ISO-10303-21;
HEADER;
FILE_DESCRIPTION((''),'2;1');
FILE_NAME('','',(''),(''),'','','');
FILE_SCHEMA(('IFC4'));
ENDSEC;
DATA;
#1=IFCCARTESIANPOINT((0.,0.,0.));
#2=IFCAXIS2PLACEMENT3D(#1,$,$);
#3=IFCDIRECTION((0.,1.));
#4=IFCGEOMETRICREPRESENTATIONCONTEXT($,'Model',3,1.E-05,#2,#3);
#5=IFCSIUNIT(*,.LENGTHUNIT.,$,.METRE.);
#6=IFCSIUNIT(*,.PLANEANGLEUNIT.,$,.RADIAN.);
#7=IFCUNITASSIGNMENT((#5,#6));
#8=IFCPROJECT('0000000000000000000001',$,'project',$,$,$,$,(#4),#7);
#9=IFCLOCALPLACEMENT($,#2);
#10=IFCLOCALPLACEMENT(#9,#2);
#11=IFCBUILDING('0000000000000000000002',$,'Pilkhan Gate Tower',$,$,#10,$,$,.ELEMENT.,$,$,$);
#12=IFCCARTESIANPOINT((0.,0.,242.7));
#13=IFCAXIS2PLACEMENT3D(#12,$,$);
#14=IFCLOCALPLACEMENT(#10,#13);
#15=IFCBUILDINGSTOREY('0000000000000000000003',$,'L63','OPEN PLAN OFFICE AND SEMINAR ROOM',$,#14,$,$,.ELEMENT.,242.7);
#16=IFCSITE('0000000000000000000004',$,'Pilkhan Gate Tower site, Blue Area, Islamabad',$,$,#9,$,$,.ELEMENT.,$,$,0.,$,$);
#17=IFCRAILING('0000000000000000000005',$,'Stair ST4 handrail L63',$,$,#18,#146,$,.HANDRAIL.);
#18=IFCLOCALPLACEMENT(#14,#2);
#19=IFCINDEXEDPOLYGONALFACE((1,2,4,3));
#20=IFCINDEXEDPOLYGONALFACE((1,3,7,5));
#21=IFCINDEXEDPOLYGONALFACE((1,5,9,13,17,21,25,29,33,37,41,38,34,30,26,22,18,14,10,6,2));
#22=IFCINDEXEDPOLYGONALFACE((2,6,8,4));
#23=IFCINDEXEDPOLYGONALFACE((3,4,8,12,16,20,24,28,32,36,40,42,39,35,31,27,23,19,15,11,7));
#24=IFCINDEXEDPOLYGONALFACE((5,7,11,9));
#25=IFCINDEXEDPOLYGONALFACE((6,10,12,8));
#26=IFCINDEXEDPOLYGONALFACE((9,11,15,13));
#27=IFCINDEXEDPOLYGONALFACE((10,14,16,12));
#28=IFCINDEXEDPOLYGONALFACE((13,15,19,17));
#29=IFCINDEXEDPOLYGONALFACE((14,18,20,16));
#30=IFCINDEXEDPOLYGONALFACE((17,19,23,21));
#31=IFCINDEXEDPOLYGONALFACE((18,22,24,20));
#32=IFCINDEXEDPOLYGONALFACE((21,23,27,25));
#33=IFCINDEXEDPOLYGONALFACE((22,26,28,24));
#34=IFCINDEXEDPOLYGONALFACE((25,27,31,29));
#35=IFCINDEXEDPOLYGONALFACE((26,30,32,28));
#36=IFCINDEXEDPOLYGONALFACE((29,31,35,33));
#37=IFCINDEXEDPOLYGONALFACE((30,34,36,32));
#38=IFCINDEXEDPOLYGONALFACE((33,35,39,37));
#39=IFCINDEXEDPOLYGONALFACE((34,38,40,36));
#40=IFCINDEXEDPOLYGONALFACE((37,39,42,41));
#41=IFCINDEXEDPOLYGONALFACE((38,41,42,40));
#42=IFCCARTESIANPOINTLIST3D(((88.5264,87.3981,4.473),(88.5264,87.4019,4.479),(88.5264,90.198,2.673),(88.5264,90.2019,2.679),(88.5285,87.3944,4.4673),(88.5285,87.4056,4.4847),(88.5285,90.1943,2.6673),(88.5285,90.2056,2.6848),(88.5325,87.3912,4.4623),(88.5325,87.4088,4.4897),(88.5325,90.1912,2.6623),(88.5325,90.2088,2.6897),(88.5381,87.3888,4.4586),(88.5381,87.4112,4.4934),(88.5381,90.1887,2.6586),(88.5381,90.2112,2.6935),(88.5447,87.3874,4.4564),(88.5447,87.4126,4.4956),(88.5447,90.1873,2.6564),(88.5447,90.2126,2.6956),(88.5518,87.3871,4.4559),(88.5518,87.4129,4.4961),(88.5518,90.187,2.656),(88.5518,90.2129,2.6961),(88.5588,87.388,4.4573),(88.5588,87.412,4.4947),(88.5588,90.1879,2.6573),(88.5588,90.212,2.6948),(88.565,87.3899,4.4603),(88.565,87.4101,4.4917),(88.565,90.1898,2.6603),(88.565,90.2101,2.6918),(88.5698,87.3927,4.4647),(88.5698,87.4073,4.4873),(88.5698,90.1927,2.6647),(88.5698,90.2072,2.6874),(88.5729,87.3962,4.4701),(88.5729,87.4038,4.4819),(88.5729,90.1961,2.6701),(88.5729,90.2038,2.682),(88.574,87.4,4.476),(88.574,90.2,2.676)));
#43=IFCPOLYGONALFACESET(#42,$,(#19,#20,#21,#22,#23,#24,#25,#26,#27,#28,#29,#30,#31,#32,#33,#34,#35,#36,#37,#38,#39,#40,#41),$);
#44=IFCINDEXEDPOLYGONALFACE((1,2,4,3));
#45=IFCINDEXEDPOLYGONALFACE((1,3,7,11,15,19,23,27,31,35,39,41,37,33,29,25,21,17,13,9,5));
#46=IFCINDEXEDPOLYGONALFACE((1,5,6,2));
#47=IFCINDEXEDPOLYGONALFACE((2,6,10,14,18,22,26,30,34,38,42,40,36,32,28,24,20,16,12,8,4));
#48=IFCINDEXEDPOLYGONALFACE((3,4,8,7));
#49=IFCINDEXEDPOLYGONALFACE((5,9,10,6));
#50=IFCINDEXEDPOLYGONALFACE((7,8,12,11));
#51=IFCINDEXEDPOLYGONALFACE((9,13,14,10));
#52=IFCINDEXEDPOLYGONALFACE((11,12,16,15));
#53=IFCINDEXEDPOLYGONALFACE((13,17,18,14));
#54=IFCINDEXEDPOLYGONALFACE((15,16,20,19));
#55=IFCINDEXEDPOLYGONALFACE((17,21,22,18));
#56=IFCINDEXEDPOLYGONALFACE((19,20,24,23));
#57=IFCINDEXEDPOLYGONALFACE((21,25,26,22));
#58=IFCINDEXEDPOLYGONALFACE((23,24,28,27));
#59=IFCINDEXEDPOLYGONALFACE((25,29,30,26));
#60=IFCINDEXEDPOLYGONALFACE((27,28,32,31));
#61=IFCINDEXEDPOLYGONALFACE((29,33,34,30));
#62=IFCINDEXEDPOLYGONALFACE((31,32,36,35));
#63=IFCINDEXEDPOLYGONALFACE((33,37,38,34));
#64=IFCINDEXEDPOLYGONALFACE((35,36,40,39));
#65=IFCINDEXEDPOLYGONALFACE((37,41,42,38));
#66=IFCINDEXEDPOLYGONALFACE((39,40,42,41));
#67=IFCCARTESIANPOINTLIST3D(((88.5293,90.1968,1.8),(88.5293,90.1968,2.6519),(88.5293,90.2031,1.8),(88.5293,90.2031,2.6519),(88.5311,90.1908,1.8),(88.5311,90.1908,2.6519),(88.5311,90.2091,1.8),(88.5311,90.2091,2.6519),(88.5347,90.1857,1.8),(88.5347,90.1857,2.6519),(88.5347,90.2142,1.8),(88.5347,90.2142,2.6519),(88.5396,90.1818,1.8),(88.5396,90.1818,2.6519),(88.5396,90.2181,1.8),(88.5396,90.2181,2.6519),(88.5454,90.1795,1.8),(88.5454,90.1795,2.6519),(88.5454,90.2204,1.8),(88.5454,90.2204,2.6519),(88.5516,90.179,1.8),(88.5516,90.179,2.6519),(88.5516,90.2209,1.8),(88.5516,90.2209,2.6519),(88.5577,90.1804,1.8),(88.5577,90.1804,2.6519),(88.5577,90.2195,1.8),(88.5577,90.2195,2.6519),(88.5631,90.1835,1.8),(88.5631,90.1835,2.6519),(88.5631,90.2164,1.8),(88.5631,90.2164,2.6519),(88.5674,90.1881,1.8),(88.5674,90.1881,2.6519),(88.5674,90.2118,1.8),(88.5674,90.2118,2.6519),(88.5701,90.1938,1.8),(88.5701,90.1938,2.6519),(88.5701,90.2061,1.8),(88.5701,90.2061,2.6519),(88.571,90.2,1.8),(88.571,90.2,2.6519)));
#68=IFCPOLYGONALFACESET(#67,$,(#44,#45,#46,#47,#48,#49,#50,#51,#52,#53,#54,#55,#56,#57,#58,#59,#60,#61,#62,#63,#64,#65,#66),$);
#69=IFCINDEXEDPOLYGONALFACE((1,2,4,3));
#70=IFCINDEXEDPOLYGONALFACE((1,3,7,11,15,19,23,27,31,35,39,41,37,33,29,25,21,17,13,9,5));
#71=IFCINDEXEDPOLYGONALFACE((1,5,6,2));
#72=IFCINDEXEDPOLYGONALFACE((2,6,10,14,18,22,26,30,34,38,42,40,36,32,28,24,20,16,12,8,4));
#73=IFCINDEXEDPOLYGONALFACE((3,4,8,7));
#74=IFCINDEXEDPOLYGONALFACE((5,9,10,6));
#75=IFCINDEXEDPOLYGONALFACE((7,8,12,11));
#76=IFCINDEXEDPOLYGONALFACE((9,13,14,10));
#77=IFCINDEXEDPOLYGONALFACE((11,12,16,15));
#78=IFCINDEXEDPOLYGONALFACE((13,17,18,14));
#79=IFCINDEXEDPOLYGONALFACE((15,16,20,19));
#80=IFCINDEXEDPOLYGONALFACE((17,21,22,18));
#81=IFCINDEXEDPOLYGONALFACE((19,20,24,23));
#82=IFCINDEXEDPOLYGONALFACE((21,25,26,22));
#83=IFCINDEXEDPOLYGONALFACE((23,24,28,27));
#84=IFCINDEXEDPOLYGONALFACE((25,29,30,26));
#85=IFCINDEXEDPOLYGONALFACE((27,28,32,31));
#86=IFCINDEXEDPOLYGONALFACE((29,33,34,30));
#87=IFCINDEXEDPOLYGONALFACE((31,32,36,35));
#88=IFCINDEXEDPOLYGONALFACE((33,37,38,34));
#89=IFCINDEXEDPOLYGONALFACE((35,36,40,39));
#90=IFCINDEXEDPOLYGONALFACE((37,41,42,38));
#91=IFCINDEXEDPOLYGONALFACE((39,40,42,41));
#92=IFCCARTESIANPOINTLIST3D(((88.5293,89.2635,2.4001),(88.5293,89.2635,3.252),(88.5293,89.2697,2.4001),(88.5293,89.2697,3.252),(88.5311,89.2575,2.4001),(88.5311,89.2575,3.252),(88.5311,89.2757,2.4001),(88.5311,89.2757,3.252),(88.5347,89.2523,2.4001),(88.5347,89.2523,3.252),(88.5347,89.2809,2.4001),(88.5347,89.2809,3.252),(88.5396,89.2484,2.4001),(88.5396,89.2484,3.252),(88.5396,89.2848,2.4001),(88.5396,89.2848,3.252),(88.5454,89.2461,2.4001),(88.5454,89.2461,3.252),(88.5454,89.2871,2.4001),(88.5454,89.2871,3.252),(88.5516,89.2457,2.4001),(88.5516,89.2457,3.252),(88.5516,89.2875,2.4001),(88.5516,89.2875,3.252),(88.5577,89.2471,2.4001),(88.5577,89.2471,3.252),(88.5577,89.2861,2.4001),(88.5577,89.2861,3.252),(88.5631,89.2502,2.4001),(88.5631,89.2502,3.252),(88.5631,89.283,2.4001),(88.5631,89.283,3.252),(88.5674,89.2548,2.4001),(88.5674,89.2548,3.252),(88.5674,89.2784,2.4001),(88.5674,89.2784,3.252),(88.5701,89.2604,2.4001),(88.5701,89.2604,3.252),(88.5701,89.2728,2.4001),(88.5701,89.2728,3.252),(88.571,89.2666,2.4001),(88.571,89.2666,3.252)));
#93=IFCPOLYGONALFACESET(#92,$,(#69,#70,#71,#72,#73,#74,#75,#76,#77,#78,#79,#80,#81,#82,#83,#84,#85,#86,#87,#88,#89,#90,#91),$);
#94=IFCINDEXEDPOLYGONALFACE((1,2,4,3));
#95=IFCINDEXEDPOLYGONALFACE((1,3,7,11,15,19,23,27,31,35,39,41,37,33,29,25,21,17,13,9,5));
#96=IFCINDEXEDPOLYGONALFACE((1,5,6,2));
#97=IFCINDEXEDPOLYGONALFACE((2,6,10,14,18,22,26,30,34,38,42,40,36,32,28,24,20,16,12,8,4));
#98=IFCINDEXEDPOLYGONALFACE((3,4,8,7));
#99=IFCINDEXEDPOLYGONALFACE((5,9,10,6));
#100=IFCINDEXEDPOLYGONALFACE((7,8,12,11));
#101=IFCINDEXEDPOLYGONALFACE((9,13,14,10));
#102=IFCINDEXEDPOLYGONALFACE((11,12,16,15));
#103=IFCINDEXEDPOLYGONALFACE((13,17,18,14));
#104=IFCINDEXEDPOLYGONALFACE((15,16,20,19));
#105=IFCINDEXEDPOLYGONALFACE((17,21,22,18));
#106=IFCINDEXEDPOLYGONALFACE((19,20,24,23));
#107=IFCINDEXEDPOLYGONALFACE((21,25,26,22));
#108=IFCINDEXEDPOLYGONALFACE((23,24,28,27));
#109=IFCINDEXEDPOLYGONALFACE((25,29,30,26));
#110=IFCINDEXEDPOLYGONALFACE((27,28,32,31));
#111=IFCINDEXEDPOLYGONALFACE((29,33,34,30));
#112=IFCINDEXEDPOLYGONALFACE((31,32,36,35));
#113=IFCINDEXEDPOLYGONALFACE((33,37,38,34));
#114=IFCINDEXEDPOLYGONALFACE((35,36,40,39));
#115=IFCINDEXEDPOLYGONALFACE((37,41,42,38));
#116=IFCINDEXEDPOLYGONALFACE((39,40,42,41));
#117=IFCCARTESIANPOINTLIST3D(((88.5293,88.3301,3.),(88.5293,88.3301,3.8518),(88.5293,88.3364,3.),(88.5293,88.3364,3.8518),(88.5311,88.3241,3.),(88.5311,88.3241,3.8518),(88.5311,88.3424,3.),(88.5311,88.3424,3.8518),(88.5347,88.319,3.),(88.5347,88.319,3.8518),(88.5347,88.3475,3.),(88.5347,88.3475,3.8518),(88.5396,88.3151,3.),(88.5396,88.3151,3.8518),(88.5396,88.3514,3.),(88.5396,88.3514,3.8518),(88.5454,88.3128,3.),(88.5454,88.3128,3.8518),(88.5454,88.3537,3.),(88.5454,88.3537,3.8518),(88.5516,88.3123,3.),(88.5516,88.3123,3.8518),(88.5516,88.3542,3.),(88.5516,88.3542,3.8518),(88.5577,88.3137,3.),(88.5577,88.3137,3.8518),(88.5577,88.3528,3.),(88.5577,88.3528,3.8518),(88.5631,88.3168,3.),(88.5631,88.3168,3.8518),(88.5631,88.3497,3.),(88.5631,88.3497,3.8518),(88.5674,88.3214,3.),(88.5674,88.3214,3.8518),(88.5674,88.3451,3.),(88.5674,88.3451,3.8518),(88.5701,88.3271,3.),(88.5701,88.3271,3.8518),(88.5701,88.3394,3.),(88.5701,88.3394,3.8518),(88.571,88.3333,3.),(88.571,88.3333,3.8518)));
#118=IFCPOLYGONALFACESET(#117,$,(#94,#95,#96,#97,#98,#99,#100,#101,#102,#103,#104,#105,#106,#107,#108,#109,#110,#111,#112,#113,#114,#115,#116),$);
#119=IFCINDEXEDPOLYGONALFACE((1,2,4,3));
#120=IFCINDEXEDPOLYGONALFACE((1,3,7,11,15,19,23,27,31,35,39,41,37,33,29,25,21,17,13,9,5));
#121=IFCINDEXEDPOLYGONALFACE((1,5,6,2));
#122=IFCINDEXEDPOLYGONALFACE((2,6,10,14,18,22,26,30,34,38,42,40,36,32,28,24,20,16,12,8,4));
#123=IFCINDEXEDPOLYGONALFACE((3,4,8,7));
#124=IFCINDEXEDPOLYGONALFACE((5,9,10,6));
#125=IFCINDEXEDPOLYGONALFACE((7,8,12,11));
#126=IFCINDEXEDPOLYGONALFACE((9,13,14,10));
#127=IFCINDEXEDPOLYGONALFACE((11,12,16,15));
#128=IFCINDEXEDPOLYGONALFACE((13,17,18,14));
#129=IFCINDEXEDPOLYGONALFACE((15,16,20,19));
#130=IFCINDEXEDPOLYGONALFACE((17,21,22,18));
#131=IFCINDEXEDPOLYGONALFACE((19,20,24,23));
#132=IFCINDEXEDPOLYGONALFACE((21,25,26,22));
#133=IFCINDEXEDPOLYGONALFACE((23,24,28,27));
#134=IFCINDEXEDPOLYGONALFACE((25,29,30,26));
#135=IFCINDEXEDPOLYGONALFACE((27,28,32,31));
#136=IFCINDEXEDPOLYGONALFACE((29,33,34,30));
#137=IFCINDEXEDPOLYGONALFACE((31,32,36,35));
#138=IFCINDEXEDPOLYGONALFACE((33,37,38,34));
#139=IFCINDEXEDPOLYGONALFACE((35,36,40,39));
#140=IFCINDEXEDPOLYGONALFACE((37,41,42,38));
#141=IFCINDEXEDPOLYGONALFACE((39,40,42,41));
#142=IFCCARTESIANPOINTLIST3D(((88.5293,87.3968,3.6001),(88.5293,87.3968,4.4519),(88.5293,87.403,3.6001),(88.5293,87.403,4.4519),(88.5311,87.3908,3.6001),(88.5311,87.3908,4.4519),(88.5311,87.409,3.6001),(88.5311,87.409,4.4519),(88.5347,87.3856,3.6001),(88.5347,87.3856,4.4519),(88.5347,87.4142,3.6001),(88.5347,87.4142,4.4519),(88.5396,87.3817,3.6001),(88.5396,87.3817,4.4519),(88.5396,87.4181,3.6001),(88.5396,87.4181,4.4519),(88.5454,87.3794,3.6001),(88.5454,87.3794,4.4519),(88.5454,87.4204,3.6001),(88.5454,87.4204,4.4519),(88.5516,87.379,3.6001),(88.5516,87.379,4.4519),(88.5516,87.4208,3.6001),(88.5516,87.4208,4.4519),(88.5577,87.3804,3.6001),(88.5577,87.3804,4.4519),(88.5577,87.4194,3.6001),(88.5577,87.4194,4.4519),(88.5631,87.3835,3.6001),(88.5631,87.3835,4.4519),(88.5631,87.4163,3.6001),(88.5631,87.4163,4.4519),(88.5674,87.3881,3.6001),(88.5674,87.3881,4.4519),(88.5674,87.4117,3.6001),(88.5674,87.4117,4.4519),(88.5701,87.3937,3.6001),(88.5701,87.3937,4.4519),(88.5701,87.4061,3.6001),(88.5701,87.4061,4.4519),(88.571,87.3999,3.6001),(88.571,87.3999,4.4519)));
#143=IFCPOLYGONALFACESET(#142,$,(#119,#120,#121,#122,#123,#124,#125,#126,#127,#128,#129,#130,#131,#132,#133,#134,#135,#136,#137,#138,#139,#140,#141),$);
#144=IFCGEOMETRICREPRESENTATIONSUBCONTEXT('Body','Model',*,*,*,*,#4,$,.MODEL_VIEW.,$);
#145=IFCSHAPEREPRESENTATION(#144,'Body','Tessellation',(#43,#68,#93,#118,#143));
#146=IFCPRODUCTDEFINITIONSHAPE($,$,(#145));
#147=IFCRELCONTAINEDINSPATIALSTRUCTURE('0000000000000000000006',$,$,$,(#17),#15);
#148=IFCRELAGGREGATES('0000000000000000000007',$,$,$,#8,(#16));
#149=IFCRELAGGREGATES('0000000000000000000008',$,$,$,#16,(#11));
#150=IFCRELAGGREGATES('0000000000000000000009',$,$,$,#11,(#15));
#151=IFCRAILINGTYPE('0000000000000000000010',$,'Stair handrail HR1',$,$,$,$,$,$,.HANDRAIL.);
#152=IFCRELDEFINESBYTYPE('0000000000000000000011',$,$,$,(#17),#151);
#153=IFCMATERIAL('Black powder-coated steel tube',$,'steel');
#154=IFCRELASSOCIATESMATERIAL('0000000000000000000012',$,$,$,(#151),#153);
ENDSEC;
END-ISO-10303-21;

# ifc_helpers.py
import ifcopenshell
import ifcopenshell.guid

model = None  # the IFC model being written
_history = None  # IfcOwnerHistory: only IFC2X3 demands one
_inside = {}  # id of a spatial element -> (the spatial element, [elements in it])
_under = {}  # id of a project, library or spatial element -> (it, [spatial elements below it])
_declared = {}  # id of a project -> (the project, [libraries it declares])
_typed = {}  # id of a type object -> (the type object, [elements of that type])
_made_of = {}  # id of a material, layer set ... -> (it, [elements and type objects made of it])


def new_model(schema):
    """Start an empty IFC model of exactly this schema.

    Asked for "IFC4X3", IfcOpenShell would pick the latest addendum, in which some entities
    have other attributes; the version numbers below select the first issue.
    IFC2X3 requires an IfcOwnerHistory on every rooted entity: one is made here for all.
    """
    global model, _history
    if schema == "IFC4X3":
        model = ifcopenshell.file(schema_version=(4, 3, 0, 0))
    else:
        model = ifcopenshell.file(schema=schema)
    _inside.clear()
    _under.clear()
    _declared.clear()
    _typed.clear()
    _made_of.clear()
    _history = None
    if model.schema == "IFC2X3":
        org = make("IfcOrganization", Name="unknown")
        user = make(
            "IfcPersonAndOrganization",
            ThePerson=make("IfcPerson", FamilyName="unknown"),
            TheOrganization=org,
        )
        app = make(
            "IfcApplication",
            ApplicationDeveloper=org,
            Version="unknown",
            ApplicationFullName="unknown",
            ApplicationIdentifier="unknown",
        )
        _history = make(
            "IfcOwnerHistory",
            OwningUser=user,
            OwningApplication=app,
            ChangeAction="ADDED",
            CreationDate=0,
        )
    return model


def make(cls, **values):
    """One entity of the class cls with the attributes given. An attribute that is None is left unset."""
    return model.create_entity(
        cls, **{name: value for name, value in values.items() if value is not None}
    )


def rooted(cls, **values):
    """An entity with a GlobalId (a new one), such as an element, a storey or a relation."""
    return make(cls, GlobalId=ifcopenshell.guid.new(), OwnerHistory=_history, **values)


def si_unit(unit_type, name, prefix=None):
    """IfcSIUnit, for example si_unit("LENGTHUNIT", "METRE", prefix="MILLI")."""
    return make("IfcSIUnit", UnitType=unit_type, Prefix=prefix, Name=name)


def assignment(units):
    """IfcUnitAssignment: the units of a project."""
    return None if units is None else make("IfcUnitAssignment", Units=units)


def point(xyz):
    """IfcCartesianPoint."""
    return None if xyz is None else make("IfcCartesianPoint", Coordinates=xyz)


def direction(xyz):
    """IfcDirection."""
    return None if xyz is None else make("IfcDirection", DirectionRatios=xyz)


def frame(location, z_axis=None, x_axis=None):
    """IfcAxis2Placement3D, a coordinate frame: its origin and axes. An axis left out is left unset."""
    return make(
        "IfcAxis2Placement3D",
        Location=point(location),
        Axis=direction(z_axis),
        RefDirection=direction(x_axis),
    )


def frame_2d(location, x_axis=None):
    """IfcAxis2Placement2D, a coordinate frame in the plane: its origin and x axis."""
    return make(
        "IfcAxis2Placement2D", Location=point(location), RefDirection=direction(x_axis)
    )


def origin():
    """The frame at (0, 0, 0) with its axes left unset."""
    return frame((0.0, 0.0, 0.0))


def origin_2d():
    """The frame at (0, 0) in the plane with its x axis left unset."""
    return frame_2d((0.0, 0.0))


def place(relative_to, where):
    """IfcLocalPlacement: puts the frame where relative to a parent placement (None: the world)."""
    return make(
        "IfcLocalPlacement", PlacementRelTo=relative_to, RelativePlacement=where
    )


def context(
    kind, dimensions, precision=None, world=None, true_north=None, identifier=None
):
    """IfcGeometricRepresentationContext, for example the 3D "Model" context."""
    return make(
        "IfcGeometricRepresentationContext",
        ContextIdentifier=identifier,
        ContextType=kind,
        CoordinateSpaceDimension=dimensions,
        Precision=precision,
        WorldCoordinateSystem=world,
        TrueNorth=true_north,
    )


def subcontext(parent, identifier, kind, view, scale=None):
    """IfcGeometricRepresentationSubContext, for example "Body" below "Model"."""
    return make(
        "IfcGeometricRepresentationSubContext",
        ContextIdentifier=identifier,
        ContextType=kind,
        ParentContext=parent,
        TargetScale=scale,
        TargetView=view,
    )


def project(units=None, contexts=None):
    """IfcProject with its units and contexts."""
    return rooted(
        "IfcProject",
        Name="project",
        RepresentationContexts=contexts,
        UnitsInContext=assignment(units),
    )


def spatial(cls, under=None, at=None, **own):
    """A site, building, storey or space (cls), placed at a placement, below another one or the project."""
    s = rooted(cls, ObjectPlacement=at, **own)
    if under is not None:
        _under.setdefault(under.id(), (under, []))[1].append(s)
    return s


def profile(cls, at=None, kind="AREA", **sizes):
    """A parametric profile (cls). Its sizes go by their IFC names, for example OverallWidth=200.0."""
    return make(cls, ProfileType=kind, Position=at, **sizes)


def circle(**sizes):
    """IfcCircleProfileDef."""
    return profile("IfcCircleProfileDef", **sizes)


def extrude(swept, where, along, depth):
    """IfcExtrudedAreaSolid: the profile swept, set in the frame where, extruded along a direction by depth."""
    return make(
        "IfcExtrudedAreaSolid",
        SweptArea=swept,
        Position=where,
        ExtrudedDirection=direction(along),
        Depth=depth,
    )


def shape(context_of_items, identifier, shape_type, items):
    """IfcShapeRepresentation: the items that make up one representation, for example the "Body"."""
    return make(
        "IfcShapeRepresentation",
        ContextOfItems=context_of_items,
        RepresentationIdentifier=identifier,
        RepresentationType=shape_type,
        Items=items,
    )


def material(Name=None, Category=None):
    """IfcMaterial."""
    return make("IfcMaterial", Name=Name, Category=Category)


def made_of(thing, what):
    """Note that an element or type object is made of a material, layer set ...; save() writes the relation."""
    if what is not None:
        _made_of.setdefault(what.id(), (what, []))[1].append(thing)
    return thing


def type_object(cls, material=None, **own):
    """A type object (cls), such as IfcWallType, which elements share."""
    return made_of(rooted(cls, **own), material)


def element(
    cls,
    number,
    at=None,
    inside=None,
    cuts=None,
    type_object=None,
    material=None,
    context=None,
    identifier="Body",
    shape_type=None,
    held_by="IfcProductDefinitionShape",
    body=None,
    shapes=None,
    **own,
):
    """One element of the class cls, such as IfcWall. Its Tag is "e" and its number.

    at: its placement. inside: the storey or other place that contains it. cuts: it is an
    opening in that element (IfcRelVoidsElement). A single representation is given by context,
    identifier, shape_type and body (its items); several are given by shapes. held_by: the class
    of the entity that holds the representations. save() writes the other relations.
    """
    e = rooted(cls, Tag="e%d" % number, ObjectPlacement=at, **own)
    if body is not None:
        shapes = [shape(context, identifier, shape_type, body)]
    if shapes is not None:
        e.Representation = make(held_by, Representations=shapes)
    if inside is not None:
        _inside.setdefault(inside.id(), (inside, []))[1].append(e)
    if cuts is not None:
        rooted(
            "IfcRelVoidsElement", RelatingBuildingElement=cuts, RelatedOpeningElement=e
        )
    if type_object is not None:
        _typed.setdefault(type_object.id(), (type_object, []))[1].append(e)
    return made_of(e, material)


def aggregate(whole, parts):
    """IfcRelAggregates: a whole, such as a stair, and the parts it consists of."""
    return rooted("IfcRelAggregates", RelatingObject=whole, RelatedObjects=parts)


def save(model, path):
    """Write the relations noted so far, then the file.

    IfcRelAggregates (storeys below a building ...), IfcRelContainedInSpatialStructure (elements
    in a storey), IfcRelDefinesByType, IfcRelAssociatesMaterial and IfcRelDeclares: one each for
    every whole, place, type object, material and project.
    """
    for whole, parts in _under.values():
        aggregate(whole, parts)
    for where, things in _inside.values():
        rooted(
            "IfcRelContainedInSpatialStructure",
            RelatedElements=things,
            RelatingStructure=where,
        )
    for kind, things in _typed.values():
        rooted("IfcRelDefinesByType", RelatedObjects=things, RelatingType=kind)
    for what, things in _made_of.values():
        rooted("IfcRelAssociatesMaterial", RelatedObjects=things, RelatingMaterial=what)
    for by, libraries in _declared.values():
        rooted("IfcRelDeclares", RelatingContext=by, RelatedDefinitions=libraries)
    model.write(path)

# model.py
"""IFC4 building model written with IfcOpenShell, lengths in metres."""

from ifc_helpers import new_model, si_unit, direction, frame, origin, origin_2d, place, context, subcontext, project, spatial, circle, extrude, material, type_object, element, save


model = new_model("IFC4")

# Units and contexts
model_context = context("Model", 3, precision=1e-05, world=origin(), true_north=direction((0.0, 1.0)))
body_context = subcontext(model_context, "Body", "Model", "MODEL_VIEW")
ifc_project = project(units=[si_unit("LENGTHUNIT", "METRE"), si_unit("PLANEANGLEUNIT", "RADIAN")], contexts=[model_context])

# Site, building, storey
site_placement = place(None, origin())
site = spatial("IfcSite", under=ifc_project, at=site_placement, Name="Pilkhan Gate Tower site, Blue Area, Islamabad", CompositionType="ELEMENT", RefElevation=0.0)
building_placement = place(site_placement, origin())
building = spatial("IfcBuilding", under=site, at=building_placement, Name="Pilkhan Gate Tower", CompositionType="ELEMENT")
storey_placement = place(building_placement, frame((0.0, 0.0, 242.7)))
storey = spatial("IfcBuildingStorey", under=building, at=storey_placement, Name="L63", Description="OPEN PLAN OFFICE AND SEMINAR ROOM", CompositionType="ELEMENT", Elevation=242.7)

# Railing
ifc_material_1 = material(Name="Black powder-coated steel tube", Category="steel")
railing_type_1 = type_object("IfcRailingType", Name="Stair handrail HR1", PredefinedType="HANDRAIL", material=ifc_material_1)
railing_1_placement = place(storey_placement, frame((88.55, 90.2, 1.8)))
element("IfcRailing", 1, at=railing_1_placement, inside=storey, type_object=railing_type_1, Name="Stair ST4 handrail L63", PredefinedType="HANDRAIL", context=body_context, shape_type="SweptSolid", body=[
    extrude(circle(Radius=0.0239, at=origin_2d()), frame((0.0, 0.0, 0.876), z_axis=(0.0, -0.841176, 0.540761), x_axis=(1.0, 0.0, 0.0)), (0.0, 0.0, 1.0), 3.3286),
    extrude(circle(Radius=0.021, at=origin_2d()), origin(), (0.0, 0.0, 1.0), 0.8518),
    extrude(circle(Radius=0.021, at=origin_2d()), frame((0.0, -0.9333, 0.6001)), (0.0, 0.0, 1.0), 0.8518),
    extrude(circle(Radius=0.021, at=origin_2d()), frame((0.0, -1.8667, 1.2)), (0.0, 0.0, 1.0), 0.8518),
    extrude(circle(Radius=0.021, at=origin_2d()), frame((0.0, -2.8, 1.8)), (0.0, 0.0, 1.0), 0.8518),
])

save(model, "model.ifc")
